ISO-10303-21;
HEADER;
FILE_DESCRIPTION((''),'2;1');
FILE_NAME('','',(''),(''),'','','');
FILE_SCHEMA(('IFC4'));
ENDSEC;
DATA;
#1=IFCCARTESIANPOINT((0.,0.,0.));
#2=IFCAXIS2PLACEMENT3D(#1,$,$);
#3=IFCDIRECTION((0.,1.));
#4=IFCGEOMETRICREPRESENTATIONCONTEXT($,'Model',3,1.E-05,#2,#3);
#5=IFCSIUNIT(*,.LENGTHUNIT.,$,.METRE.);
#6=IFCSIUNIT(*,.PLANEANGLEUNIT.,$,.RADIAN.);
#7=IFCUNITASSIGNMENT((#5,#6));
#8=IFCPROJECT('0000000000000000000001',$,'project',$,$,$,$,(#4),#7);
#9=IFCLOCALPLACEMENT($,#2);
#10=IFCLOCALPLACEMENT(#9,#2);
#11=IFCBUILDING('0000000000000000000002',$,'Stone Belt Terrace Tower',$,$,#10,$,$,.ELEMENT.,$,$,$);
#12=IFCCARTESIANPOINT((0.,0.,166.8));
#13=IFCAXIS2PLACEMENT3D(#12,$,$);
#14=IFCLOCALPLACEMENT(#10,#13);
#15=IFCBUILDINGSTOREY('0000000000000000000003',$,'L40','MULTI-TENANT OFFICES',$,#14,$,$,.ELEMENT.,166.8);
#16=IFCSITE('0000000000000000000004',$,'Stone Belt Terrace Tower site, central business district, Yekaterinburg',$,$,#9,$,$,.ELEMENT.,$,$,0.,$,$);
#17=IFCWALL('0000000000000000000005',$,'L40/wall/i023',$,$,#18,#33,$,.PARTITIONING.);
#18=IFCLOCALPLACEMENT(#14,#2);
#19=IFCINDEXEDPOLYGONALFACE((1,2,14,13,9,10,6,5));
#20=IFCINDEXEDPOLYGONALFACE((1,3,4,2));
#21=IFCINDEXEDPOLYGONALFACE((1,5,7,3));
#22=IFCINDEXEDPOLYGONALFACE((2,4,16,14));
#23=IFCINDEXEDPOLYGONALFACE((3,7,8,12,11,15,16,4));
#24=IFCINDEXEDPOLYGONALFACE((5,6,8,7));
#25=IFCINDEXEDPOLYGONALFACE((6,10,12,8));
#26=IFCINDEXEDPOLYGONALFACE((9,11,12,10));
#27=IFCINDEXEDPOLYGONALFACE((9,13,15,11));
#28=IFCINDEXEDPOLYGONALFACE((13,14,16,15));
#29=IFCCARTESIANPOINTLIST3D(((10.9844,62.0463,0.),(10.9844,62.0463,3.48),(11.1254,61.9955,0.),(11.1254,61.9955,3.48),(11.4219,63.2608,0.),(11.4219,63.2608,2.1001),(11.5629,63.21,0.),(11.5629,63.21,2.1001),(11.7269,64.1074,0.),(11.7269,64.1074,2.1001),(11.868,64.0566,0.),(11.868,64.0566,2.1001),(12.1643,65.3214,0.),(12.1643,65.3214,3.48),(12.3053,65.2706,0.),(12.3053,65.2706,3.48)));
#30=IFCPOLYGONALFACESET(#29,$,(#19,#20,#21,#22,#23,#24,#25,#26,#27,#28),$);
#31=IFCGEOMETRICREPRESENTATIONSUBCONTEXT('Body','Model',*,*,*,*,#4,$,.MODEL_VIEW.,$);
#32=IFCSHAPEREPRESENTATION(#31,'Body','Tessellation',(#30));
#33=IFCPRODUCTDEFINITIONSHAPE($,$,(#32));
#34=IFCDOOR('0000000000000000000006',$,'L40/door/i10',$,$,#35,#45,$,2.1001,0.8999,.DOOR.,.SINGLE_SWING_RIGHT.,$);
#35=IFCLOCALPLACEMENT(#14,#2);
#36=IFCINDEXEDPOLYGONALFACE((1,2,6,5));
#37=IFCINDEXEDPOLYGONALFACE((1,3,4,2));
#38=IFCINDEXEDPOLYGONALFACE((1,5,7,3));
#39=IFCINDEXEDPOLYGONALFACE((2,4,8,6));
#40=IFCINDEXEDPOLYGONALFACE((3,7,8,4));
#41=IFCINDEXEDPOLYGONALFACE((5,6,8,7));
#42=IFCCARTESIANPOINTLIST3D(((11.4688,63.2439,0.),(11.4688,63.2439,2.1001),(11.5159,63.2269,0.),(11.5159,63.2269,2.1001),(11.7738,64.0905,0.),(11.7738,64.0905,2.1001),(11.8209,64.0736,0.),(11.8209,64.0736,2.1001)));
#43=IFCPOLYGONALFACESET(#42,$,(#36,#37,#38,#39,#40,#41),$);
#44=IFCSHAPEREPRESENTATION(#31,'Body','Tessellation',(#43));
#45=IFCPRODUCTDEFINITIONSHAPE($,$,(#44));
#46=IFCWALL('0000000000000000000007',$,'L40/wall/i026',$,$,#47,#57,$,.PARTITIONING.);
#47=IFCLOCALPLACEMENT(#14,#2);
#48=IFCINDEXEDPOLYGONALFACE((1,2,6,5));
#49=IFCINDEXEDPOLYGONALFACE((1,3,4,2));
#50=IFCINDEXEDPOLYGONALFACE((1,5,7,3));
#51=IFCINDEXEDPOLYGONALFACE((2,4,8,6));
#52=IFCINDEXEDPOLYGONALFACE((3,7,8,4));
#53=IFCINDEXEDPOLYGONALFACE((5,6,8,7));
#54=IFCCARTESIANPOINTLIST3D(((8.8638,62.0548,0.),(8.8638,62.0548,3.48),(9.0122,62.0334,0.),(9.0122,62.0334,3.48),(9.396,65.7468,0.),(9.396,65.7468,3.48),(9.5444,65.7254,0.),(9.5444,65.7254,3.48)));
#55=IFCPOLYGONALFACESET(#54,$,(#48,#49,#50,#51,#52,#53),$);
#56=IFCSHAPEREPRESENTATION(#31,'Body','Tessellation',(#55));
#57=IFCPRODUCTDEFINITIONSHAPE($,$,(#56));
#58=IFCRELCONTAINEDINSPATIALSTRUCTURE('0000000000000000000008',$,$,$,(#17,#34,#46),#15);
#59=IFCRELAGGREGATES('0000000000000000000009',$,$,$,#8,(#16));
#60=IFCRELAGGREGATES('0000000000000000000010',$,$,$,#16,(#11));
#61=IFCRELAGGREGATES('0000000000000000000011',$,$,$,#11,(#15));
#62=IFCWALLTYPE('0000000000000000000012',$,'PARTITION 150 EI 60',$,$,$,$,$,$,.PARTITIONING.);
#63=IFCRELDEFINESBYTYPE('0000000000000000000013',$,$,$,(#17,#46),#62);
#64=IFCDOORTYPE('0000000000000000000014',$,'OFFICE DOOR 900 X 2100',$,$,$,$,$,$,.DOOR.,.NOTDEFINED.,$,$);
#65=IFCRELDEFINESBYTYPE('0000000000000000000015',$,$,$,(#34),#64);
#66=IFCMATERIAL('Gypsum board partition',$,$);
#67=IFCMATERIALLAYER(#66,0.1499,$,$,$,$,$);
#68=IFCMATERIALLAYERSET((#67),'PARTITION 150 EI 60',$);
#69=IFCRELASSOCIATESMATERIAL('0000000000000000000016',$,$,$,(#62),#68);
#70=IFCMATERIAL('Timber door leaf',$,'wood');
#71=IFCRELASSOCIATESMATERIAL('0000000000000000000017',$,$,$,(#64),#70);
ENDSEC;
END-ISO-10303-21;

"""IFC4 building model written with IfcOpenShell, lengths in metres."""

from ifc_helpers import new_model, si_unit, direction, frame, frame_2d, origin, place, context, subcontext, project, spatial, rectangle, extrude, material, layer, layer_set, type_object, element, fill, save


model = new_model("IFC4")

# Units and contexts
model_context = context("Model", 3, precision=1e-05, world=origin(), true_north=direction((0.0, 1.0)))
body_context = subcontext(model_context, "Body", "Model", "MODEL_VIEW")
ifc_project = project(units=[si_unit("LENGTHUNIT", "METRE"), si_unit("PLANEANGLEUNIT", "RADIAN")], contexts=[model_context])

# Site, building, storey
site_placement = place(None, origin())
site = spatial("IfcSite", under=ifc_project, at=site_placement, Name="Stone Belt Terrace Tower site, central business district, Yekaterinburg", CompositionType="ELEMENT", RefElevation=0.0)
building_placement = place(site_placement, origin())
building = spatial("IfcBuilding", under=site, at=building_placement, Name="Stone Belt Terrace Tower", CompositionType="ELEMENT")
storey_placement = place(building_placement, frame((0.0, 0.0, 166.8)))
storey = spatial("IfcBuildingStorey", under=building, at=storey_placement, Name="L40", Description="MULTI-TENANT OFFICES", CompositionType="ELEMENT", Elevation=166.8)

# Wall, opening, door
ifc_material_1 = material(Name="Gypsum board partition")
ifc_layer_1 = layer(ifc_material_1, 0.1499)
ifc_layer_set_1 = layer_set([ifc_layer_1], Name="PARTITION 150 EI 60")
wall_type = type_object("IfcWallType", Name="PARTITION 150 EI 60", PredefinedType="PARTITIONING", material=ifc_layer_set_1)
wall_1_placement = place(storey_placement, frame((12.2349, 65.2961, 0.0), z_axis=(0.0, 0.0, 1.0), x_axis=(-0.338943, -0.940807, 0.0)))
wall_1 = element("IfcWall", 1, at=wall_1_placement, inside=storey, type_object=wall_type, Name="L40/wall/i023", PredefinedType="PARTITIONING", context=body_context, shape_type="SweptSolid", body=[
    extrude(rectangle(XDim=3.4812, YDim=0.1499, at=frame_2d((1.7407, 0.0))), origin(), (0.0, 0.0, 1.0), 3.48),
])
opening_placement = place(wall_1_placement, frame((1.2905, 0.0, 0.0)))
opening = element("IfcOpeningElement", 2, at=opening_placement, cuts=wall_1, PredefinedType="OPENING", context=body_context, shape_type="SweptSolid", body=[
    extrude(rectangle(XDim=0.8999, YDim=2.1001, at=frame_2d((0.45, 1.05))), frame((0.0, 0.085, 0.0), z_axis=(0.0, -1.0, 0.0), x_axis=(1.0, 0.0, 0.0)), (0.0, 0.0, 1.0), 0.1699),
])
ifc_material_2 = material(Name="Timber door leaf", Category="wood")
door_type = type_object("IfcDoorType", Name="OFFICE DOOR 900 X 2100", OperationType="NOTDEFINED", PredefinedType="DOOR", material=ifc_material_2)
door_placement = place(opening_placement, origin())
door = element("IfcDoor", 3, at=door_placement, inside=storey, type_object=door_type, Name="L40/door/i10", OperationType="SINGLE_SWING_RIGHT", OverallHeight=2.1001, OverallWidth=0.8999, PredefinedType="DOOR", context=body_context, shape_type="SweptSolid", body=[
    extrude(rectangle(XDim=0.8999, YDim=2.1001, at=frame_2d((0.45, 1.05))), frame((0.0, 0.0249, 0.0), z_axis=(0.0, -1.0, 0.0), x_axis=(1.0, 0.0, 0.0)), (0.0, 0.0, 1.0), 0.05),
])
fill(opening, door)

# Wall
wall_2_placement = place(storey_placement, frame((8.938, 62.0439, 0.0), z_axis=(0.0, 0.0, 1.0), x_axis=(0.142677, 0.989769, 0.0)))
element("IfcWall", 4, at=wall_2_placement, inside=storey, type_object=wall_type, Name="L40/wall/i026", PredefinedType="PARTITIONING", context=body_context, shape_type="SweptSolid", body=[
    extrude(rectangle(XDim=3.7302, YDim=0.1499, at=frame_2d((1.8652, 0.0))), origin(), (0.0, 0.0, 1.0), 3.48),
])

save(model, "model.ifc")
